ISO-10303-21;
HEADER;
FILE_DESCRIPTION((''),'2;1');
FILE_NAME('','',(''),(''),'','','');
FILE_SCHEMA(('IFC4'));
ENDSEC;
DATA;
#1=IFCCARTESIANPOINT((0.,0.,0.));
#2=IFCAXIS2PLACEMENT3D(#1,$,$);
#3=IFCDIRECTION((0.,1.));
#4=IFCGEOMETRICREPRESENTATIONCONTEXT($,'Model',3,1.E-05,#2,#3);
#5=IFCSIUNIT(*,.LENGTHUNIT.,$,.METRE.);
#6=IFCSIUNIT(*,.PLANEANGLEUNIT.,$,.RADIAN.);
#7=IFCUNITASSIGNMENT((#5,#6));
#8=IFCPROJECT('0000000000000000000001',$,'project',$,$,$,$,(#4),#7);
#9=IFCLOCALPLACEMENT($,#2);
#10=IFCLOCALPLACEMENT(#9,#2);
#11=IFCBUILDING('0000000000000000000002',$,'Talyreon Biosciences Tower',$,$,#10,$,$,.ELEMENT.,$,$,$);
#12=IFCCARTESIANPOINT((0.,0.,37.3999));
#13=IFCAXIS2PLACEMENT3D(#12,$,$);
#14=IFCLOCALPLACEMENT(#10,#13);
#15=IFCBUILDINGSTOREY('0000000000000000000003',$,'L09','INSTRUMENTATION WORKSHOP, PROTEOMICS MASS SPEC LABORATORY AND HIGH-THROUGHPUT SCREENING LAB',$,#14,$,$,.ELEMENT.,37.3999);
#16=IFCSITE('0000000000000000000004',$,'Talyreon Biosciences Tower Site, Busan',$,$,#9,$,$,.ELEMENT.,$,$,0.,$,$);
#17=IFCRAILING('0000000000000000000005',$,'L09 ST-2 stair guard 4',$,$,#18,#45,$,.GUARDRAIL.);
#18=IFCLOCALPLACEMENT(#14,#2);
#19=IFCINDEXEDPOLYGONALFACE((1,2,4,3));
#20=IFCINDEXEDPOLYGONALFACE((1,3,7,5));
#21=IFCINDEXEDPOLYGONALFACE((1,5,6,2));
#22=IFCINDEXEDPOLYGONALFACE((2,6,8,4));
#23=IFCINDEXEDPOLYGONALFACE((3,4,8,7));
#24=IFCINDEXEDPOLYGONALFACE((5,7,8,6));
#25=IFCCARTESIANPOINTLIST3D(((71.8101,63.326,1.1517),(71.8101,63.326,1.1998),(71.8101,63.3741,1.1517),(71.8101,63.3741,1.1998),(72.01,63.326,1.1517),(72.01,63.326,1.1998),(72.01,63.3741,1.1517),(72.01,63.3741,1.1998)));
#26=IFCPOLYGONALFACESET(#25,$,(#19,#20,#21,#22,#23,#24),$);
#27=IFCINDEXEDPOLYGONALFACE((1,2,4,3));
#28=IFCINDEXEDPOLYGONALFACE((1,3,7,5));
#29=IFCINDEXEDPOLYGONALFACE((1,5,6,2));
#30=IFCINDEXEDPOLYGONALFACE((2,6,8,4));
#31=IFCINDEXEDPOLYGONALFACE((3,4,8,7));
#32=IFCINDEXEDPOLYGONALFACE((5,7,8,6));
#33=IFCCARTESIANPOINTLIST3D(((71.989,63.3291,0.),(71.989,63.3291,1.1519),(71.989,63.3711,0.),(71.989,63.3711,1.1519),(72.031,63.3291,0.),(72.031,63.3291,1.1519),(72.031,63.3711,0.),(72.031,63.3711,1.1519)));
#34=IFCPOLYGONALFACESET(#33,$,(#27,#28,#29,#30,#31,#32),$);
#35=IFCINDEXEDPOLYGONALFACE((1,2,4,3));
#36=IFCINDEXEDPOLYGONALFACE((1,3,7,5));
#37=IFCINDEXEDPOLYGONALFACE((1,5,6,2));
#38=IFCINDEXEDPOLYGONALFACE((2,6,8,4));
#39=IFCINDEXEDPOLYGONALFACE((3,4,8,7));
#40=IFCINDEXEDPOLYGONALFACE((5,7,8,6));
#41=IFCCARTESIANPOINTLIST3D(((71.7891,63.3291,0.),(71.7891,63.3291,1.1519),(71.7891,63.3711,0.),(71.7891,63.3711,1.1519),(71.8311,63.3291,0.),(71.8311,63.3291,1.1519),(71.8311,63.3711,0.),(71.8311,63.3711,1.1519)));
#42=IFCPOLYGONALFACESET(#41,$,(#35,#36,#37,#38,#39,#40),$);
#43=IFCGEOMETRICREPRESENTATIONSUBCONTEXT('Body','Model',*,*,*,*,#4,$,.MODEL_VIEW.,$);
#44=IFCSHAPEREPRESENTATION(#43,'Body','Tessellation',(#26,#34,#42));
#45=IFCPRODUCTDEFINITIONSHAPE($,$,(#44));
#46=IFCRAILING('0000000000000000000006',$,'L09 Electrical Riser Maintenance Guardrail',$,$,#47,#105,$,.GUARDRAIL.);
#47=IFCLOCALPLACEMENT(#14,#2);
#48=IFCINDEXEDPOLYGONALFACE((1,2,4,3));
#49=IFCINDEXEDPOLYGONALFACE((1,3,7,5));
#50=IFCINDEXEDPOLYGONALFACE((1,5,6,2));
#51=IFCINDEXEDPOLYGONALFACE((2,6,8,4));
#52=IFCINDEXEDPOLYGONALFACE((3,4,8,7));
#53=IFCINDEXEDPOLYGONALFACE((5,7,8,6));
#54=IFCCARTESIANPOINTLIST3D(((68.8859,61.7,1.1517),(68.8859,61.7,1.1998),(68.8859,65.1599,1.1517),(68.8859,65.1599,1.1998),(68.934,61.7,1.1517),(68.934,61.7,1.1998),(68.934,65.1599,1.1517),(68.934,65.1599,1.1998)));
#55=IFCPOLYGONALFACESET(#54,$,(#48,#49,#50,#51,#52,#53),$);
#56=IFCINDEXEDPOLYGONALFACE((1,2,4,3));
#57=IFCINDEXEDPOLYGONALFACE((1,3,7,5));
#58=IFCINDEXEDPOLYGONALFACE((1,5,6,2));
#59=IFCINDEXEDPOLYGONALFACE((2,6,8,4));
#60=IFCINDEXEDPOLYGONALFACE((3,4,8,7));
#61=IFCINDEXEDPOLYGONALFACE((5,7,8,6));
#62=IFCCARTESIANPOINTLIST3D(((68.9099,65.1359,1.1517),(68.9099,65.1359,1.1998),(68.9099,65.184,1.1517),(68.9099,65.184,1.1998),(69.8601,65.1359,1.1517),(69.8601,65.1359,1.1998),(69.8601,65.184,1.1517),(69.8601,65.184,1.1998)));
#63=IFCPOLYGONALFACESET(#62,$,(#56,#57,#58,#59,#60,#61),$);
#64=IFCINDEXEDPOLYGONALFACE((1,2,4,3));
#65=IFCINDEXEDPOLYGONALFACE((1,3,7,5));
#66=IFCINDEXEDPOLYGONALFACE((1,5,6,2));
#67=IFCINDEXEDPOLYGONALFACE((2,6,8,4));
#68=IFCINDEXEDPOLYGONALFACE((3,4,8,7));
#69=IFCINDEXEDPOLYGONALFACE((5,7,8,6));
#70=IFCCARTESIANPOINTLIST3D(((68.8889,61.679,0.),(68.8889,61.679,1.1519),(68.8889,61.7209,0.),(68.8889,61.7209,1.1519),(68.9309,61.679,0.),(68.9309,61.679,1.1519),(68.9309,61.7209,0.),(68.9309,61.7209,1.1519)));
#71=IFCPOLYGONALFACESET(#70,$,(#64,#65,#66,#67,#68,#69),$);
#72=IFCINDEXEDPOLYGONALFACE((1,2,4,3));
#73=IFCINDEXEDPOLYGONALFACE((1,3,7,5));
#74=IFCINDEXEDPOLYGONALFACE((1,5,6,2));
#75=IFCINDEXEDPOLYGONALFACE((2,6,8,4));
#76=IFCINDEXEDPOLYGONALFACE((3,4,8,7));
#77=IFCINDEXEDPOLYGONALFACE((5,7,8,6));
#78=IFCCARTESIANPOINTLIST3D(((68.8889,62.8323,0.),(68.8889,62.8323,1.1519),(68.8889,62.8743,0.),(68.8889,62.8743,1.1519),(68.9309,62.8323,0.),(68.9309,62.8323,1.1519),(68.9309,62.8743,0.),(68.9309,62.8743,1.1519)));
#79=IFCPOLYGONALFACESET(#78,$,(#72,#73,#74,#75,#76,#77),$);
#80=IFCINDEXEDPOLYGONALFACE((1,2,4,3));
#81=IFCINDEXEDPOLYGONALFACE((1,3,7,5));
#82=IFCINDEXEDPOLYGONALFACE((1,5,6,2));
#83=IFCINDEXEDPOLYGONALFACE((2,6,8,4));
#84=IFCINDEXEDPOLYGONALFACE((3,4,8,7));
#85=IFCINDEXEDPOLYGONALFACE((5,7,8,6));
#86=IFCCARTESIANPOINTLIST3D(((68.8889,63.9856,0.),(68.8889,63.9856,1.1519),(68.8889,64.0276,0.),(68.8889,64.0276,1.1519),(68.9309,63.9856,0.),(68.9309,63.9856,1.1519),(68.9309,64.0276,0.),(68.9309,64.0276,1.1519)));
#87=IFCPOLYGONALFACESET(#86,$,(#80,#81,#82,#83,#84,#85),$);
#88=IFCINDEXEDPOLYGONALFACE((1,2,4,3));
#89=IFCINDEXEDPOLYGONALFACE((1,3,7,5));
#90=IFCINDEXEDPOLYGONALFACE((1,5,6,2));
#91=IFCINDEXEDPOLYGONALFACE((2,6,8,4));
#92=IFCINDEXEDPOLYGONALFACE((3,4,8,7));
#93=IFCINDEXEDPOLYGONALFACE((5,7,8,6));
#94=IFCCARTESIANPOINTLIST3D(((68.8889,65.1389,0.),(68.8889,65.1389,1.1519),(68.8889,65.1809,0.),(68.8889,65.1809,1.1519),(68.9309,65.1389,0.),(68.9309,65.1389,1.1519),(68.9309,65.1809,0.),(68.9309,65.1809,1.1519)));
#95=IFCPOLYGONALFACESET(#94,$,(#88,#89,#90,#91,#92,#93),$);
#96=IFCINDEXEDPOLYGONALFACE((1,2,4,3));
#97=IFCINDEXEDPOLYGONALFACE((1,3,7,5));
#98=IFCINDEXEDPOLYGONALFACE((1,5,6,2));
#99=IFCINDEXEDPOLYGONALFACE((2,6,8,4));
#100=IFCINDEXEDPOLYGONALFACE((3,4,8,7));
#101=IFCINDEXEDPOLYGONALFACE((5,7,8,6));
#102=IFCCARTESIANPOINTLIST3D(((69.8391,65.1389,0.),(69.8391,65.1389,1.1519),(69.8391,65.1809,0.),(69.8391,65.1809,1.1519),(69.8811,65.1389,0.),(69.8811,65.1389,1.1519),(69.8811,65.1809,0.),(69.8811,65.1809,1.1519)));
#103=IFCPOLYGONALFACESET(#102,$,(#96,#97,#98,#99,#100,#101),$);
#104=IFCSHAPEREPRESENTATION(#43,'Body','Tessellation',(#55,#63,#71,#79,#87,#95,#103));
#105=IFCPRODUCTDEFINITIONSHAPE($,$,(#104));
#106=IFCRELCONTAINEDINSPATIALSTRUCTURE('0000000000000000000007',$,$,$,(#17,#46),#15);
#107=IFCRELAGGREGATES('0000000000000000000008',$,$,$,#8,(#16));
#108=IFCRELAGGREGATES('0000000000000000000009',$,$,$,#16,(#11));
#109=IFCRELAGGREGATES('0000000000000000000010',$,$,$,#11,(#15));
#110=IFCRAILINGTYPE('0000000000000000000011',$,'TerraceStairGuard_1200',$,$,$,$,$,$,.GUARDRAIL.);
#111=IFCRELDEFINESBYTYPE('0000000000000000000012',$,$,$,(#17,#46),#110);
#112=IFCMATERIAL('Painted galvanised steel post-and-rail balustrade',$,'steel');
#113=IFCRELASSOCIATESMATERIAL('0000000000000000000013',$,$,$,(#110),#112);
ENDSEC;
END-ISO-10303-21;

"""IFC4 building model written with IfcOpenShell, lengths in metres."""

from ifc_helpers import new_model, si_unit, direction, frame, origin, origin_2d, place, context, subcontext, project, spatial, rectangle, extrude, material, type_object, element, save


model = new_model("IFC4")

# Units and contexts
model_context = context("Model", 3, precision=1e-05, world=origin(), true_north=direction((0.0, 1.0)))
body_context = subcontext(model_context, "Body", "Model", "MODEL_VIEW")
ifc_project = project(units=[si_unit("LENGTHUNIT", "METRE"), si_unit("PLANEANGLEUNIT", "RADIAN")], contexts=[model_context])

# Site, building, storey
site_placement = place(None, origin())
site = spatial("IfcSite", under=ifc_project, at=site_placement, Name="Talyreon Biosciences Tower Site, Busan", CompositionType="ELEMENT", RefElevation=0.0)
building_placement = place(site_placement, origin())
building = spatial("IfcBuilding", under=site, at=building_placement, Name="Talyreon Biosciences Tower", CompositionType="ELEMENT")
storey_placement = place(building_placement, frame((0.0, 0.0, 37.3999)))
storey = spatial("IfcBuildingStorey", under=building, at=storey_placement, Name="L09", Description="INSTRUMENTATION WORKSHOP, PROTEOMICS MASS SPEC LABORATORY AND HIGH-THROUGHPUT SCREENING LAB", CompositionType="ELEMENT", Elevation=37.3999)

# Railings
ifc_material_1 = material(Name="Painted galvanised steel post-and-rail balustrade", Category="steel")
railing_type_1 = type_object("IfcRailingType", Name="TerraceStairGuard_1200", PredefinedType="GUARDRAIL", material=ifc_material_1)
railing_1_placement = place(storey_placement, frame((72.01, 63.3501, 0.0)))
element("IfcRailing", 1, at=railing_1_placement, inside=storey, type_object=railing_type_1, Name="L09 ST-2 stair guard 4", PredefinedType="GUARDRAIL", context=body_context, shape_type="SweptSolid", body=[
    extrude(rectangle(XDim=0.0481, YDim=0.0481, at=origin_2d()), frame((0.0, 0.0, 1.1758), z_axis=(-1.0, 0.0, 0.0), x_axis=(0.0, -1.0, 0.0)), (0.0, 0.0, 1.0), 0.2),
    extrude(rectangle(XDim=0.042, YDim=0.042, at=origin_2d()), origin(), (0.0, 0.0, 1.0), 1.1519),
    extrude(rectangle(XDim=0.042, YDim=0.042, at=origin_2d()), frame((-0.2, 0.0, 0.0)), (0.0, 0.0, 1.0), 1.1519),
])
railing_2_placement = place(storey_placement, frame((68.9099, 61.7, 0.0)))
element("IfcRailing", 2, at=railing_2_placement, inside=storey, type_object=railing_type_1, Name="L09 Electrical Riser Maintenance Guardrail", PredefinedType="GUARDRAIL", context=body_context, shape_type="SweptSolid", body=[
    extrude(rectangle(XDim=0.0481, YDim=0.0481, at=origin_2d()), frame((0.0, 0.0, 1.1758), z_axis=(0.0, 1.0, 0.0), x_axis=(-1.0, 0.0, 0.0)), (0.0, 0.0, 1.0), 3.46),
    extrude(rectangle(XDim=0.0481, YDim=0.0481, at=origin_2d()), frame((0.0, 3.46, 1.1758), z_axis=(1.0, 0.0, 0.0), x_axis=(0.0, 1.0, 0.0)), (0.0, 0.0, 1.0), 0.9502),
    extrude(rectangle(XDim=0.042, YDim=0.042, at=origin_2d()), origin(), (0.0, 0.0, 1.0), 1.1519),
    extrude(rectangle(XDim=0.042, YDim=0.042, at=origin_2d()), frame((0.0, 1.1533, 0.0)), (0.0, 0.0, 1.0), 1.1519),
    extrude(rectangle(XDim=0.042, YDim=0.042, at=origin_2d()), frame((0.0, 2.3066, 0.0)), (0.0, 0.0, 1.0), 1.1519),
    extrude(rectangle(XDim=0.042, YDim=0.042, at=origin_2d()), frame((0.0, 3.46, 0.0)), (0.0, 0.0, 1.0), 1.1519),
    extrude(rectangle(XDim=0.042, YDim=0.042, at=origin_2d()), frame((0.9502, 3.46, 0.0)), (0.0, 0.0, 1.0), 1.1519),
])

save(model, "model.ifc")
